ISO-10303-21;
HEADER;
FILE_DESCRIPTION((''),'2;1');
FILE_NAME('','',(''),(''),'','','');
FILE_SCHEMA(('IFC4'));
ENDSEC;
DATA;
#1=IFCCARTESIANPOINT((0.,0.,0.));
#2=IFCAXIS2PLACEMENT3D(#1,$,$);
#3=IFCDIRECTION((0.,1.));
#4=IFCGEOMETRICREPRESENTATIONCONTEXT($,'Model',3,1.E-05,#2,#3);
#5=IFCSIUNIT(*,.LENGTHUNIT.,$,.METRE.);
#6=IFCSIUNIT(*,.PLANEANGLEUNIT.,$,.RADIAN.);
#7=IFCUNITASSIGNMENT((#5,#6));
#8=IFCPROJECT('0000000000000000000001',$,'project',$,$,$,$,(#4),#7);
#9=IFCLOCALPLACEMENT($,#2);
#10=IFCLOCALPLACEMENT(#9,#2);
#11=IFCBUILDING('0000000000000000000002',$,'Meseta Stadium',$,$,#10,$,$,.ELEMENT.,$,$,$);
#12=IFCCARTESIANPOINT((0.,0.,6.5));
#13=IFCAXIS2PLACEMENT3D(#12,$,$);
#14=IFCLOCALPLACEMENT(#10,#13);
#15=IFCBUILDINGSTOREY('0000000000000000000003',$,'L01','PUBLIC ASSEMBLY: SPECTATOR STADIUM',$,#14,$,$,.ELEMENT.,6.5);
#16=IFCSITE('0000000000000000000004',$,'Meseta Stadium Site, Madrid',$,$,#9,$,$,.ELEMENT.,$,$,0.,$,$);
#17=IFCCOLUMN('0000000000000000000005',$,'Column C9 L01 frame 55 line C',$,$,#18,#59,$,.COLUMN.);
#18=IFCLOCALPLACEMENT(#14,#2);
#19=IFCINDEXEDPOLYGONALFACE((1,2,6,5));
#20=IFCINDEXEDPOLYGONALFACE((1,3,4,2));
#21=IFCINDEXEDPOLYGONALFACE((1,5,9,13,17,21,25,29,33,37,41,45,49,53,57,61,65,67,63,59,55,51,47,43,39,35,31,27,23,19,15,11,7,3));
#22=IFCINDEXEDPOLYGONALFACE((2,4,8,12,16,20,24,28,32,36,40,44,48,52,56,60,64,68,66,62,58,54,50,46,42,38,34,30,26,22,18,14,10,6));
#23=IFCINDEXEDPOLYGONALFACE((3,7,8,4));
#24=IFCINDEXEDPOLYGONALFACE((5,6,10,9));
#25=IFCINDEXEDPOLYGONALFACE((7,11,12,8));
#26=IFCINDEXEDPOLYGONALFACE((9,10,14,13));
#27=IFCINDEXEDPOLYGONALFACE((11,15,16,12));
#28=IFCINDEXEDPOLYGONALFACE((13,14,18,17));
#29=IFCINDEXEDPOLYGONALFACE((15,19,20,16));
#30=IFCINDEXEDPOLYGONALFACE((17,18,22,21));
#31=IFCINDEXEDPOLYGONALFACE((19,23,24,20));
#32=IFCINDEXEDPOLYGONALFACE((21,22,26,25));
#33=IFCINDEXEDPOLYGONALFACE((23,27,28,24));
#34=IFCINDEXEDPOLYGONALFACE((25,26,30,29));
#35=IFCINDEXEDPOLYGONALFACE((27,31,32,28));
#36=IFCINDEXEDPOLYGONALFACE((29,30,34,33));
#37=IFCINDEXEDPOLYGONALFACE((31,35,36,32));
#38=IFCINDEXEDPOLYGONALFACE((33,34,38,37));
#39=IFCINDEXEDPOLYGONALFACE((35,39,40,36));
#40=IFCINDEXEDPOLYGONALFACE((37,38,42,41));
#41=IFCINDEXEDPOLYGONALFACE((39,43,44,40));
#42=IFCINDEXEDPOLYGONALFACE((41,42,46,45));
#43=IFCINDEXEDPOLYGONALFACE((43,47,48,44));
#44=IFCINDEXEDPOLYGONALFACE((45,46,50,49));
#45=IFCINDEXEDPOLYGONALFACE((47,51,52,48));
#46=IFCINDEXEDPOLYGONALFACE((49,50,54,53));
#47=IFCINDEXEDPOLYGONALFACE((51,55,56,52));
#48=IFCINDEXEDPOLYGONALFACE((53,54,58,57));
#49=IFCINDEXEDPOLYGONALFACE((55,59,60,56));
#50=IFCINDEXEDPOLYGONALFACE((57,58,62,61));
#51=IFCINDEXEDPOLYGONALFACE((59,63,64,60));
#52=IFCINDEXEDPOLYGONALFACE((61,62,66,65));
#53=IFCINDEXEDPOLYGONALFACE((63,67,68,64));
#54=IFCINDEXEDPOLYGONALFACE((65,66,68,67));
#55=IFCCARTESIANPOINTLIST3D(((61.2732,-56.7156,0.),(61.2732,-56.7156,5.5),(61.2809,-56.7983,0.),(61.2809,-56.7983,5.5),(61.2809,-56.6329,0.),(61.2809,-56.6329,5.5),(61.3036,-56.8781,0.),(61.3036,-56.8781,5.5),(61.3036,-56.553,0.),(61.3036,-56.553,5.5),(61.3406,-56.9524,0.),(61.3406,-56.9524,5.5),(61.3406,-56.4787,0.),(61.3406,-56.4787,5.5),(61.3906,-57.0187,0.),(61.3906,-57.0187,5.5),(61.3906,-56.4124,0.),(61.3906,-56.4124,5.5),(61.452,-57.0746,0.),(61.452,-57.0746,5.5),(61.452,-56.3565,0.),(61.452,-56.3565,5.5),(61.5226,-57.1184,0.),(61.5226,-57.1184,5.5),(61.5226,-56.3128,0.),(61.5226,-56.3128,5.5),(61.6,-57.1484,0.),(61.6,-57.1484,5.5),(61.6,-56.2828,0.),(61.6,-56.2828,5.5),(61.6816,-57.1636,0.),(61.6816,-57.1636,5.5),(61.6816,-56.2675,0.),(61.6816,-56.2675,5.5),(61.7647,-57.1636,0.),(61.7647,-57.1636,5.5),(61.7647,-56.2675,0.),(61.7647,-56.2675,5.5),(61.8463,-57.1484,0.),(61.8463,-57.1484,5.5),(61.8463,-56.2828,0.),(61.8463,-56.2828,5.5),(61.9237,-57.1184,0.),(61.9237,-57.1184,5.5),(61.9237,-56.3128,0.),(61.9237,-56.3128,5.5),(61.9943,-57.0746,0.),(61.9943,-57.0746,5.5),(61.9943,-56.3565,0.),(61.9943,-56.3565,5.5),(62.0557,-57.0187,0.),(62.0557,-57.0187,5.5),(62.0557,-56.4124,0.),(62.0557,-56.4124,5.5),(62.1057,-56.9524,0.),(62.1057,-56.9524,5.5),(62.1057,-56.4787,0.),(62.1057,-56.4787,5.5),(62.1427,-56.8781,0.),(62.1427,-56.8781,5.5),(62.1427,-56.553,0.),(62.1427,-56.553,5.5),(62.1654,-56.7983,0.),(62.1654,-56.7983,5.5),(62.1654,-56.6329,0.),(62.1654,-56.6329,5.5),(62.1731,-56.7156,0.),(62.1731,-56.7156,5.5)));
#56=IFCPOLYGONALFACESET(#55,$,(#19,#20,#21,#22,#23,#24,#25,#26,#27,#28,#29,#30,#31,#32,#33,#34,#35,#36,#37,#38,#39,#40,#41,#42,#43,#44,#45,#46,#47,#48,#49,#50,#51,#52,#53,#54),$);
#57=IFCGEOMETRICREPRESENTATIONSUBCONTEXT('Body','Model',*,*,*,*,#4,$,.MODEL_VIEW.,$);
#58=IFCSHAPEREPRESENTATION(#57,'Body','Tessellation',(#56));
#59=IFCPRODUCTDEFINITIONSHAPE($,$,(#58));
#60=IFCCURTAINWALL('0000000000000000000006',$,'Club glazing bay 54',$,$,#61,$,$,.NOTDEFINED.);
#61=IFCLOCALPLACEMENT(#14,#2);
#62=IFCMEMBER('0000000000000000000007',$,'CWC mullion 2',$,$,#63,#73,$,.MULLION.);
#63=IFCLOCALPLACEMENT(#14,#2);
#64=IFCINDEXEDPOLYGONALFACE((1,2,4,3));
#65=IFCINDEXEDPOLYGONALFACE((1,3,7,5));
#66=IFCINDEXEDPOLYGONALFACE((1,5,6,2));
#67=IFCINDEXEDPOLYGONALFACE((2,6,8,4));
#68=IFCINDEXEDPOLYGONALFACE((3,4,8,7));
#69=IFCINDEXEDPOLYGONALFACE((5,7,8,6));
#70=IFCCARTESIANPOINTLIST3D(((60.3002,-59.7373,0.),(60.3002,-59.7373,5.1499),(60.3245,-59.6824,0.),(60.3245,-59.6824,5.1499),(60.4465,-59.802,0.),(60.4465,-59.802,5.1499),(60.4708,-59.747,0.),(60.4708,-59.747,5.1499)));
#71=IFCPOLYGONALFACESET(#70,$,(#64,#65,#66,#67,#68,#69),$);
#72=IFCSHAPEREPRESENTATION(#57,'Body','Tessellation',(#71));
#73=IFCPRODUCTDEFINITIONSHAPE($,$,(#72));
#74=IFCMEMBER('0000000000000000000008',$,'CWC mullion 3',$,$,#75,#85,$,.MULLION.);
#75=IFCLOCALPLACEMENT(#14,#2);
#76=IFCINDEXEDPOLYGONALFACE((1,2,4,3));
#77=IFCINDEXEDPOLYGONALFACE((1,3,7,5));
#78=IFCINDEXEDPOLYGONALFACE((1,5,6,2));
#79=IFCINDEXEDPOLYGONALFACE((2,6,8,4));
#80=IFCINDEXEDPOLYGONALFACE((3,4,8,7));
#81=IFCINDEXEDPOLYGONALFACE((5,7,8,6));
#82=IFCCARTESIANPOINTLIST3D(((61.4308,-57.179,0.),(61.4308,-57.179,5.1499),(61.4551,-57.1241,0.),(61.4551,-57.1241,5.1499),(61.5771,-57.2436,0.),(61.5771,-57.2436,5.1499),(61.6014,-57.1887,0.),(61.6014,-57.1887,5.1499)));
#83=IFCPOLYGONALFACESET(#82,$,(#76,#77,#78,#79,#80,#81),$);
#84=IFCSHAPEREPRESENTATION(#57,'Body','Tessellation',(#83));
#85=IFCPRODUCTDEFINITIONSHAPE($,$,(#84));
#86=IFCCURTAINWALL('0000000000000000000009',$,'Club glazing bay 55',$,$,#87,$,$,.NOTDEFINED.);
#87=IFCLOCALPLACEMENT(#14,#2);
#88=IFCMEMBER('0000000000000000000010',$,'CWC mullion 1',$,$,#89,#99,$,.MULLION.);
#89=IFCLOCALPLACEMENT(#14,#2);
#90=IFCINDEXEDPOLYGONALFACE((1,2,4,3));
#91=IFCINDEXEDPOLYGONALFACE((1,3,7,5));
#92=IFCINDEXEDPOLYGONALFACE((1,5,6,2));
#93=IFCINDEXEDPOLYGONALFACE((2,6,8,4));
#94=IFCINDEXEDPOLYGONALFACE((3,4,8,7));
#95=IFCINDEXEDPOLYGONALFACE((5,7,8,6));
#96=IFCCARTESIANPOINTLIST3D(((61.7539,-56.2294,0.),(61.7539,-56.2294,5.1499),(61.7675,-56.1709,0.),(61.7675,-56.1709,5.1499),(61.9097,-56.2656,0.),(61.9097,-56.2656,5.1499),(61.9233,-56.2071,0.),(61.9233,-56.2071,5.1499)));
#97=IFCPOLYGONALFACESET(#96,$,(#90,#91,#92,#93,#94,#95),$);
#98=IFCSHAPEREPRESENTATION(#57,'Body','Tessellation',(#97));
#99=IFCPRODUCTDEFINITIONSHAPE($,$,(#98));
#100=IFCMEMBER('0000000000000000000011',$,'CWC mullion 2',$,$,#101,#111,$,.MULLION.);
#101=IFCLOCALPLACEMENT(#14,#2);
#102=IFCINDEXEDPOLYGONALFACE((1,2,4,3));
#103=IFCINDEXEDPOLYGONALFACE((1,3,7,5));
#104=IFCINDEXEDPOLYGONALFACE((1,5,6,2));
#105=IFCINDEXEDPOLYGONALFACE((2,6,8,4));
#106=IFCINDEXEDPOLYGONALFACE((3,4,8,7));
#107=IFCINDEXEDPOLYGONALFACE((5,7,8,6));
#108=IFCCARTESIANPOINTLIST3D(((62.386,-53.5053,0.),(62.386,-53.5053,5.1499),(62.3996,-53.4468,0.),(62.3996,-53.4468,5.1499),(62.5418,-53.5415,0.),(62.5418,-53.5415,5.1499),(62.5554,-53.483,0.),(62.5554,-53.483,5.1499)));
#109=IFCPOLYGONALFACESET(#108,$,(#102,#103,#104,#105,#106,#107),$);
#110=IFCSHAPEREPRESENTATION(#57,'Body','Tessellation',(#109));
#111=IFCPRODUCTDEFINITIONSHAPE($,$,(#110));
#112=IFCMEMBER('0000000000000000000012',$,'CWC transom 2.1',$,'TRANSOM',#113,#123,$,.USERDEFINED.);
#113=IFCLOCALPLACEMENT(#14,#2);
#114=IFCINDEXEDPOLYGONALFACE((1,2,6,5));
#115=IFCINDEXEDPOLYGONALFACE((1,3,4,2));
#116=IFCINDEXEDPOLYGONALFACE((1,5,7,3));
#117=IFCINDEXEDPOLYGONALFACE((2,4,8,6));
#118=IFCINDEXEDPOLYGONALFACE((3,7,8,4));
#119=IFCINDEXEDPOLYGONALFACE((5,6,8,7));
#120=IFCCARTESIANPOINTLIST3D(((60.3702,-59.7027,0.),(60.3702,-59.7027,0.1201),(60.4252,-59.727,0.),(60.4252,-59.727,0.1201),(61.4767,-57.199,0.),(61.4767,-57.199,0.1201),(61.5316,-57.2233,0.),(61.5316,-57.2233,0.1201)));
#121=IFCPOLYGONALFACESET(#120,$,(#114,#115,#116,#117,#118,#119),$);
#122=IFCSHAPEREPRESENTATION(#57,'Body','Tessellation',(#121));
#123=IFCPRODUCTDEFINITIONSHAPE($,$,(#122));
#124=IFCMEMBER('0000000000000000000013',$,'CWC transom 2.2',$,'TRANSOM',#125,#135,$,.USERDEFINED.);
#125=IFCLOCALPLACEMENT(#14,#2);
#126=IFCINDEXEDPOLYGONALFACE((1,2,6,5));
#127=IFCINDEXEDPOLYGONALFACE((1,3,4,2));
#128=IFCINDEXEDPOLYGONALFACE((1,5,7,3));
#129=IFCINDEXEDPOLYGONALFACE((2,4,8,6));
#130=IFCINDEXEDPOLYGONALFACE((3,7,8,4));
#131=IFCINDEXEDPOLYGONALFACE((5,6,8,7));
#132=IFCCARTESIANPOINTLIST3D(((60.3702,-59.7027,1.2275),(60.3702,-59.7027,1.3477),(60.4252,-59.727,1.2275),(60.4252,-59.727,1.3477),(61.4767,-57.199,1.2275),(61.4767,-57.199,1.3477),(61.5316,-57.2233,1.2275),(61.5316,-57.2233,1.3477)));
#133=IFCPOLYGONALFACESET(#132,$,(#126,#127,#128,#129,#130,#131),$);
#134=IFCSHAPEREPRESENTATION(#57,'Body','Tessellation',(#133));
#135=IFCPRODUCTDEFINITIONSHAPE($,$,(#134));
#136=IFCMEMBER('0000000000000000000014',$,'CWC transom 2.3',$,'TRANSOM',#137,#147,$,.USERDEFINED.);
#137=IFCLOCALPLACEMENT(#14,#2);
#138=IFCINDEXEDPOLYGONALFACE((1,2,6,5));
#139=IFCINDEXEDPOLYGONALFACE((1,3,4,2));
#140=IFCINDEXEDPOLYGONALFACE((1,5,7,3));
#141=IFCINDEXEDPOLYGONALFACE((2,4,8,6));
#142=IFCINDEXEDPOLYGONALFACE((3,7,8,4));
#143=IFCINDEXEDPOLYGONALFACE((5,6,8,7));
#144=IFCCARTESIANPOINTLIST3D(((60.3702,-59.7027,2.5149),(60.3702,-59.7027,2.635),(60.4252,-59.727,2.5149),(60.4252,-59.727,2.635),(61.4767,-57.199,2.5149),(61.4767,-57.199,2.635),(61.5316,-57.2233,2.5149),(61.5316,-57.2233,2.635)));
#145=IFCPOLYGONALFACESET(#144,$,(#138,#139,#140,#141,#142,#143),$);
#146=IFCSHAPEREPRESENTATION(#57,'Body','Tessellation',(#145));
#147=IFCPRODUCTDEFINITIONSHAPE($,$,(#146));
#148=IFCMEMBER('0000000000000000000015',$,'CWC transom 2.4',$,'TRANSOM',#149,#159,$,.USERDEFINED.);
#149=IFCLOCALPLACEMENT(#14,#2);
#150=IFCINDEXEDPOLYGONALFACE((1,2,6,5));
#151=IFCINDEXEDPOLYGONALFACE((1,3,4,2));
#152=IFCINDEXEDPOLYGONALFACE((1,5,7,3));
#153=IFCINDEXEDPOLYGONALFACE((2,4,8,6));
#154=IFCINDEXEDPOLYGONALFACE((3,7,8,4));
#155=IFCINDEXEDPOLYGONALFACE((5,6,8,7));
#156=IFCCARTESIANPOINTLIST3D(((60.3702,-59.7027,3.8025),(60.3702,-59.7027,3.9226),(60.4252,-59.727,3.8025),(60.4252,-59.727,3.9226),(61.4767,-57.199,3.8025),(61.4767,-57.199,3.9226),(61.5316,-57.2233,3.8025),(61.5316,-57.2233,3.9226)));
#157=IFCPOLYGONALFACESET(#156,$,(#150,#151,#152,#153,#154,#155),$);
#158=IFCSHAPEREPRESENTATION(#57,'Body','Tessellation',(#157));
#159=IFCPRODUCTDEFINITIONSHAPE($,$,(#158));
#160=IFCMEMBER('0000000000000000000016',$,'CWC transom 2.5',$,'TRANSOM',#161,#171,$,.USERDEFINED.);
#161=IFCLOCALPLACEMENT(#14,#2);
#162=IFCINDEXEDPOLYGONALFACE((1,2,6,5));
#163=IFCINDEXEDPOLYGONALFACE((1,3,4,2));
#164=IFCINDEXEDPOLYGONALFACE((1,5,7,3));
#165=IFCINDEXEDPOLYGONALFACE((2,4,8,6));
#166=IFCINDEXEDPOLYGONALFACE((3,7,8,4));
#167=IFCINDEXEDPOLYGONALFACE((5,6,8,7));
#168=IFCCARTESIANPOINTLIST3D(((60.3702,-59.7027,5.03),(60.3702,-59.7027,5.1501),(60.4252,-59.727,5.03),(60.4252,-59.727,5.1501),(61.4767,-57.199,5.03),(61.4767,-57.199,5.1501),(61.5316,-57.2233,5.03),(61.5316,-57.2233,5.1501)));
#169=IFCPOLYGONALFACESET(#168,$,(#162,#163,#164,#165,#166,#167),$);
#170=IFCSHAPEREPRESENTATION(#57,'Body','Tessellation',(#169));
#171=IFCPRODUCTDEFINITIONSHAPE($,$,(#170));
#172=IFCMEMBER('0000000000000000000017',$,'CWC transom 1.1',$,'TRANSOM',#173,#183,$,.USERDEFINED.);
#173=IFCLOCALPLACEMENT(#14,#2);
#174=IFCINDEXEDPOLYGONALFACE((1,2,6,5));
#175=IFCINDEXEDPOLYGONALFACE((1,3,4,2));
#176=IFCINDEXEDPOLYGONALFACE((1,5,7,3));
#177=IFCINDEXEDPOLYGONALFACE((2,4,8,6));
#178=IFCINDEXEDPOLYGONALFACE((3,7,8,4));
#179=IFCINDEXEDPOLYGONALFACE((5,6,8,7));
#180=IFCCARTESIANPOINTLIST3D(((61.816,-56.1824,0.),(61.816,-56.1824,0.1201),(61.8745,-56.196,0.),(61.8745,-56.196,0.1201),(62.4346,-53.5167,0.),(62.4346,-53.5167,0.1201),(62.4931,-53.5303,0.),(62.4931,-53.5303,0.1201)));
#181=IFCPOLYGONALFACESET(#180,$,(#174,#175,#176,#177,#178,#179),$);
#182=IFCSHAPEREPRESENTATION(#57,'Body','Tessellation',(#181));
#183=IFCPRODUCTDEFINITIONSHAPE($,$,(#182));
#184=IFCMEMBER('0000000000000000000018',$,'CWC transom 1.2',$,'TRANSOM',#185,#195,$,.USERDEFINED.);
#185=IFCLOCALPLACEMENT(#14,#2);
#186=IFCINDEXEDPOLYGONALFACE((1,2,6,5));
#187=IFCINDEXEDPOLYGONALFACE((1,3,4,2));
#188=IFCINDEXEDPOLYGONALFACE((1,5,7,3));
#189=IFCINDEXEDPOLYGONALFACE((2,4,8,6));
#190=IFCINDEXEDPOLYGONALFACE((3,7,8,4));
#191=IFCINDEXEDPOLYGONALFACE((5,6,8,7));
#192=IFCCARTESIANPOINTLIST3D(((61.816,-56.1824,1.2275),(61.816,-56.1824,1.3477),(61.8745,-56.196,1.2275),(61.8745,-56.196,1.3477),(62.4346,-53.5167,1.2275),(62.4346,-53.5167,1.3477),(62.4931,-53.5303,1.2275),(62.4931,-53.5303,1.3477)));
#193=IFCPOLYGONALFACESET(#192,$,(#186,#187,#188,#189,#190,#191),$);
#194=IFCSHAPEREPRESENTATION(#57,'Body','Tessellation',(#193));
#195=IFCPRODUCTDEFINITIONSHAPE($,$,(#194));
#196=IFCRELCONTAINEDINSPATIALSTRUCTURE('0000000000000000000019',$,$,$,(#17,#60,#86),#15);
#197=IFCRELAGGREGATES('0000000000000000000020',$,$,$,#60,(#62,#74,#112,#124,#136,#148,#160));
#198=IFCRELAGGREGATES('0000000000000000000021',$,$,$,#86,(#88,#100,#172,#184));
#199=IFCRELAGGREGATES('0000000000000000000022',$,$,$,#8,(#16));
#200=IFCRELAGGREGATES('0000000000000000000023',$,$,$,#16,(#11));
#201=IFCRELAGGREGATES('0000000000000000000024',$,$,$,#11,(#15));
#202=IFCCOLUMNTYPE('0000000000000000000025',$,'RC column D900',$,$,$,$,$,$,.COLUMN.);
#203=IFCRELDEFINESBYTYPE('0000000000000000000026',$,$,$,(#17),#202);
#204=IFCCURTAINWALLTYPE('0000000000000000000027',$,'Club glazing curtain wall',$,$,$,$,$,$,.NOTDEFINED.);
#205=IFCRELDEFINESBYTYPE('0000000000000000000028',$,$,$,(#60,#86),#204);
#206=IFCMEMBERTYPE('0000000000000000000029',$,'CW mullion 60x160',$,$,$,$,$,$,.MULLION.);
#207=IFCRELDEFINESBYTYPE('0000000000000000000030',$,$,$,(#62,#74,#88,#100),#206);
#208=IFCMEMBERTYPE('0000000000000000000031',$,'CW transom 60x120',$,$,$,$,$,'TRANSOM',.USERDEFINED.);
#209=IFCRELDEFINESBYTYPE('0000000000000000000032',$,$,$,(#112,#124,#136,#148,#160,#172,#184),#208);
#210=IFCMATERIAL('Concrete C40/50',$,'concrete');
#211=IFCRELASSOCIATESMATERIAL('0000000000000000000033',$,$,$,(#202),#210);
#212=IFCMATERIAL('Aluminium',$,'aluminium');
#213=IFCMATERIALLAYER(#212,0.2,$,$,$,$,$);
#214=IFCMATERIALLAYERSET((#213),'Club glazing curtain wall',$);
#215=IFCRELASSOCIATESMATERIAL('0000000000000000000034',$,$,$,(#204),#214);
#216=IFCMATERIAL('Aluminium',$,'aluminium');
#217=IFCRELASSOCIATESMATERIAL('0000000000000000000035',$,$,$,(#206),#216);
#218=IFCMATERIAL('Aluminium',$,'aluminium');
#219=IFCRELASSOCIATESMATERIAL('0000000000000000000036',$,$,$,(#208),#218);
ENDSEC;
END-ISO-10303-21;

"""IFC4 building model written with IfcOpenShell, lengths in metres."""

from ifc_helpers import new_model, si_unit, direction, frame, origin, origin_2d, place, context, subcontext, project, spatial, rectangle, circle, extrude, material, layer, layer_set, material_profile, profile_set, type_object, element, aggregate, save


model = new_model("IFC4")

# Units and contexts
model_context = context("Model", 3, precision=1e-05, world=origin(), true_north=direction((0.0, 1.0)))
body_context = subcontext(model_context, "Body", "Model", "MODEL_VIEW")
ifc_project = project(units=[si_unit("LENGTHUNIT", "METRE"), si_unit("PLANEANGLEUNIT", "RADIAN")], contexts=[model_context])

# Site, building, storey
site_placement = place(None, origin())
site = spatial("IfcSite", under=ifc_project, at=site_placement, Name="Meseta Stadium Site, Madrid", CompositionType="ELEMENT", RefElevation=0.0)
building_placement = place(site_placement, origin())
building = spatial("IfcBuilding", under=site, at=building_placement, Name="Meseta Stadium", CompositionType="ELEMENT")
storey_placement = place(building_placement, frame((0.0, 0.0, 6.5)))
storey = spatial("IfcBuildingStorey", under=building, at=storey_placement, Name="L01", Description="PUBLIC ASSEMBLY: SPECTATOR STADIUM", CompositionType="ELEMENT", Elevation=6.5)

# Column
ifc_material_1 = material(Name="Concrete C40/50", Category="concrete")
ifc_material_profile_1 = material_profile(ifc_material_1, circle(Radius=0.45, at=origin_2d()), Name="RC D900")
ifc_profile_set_1 = profile_set([ifc_material_profile_1], Name="Concrete C40/50")
column_type = type_object("IfcColumnType", Name="RC column D900", PredefinedType="COLUMN", material=ifc_profile_set_1)
column_placement = place(storey_placement, frame((61.7231, -56.7156, 0.0), z_axis=(0.0, 0.0, 1.0), x_axis=(1.0, 0.0, 0.0)))
element("IfcColumn", 1, at=column_placement, inside=storey, type_object=column_type, Name="Column C9 L01 frame 55 line C", PredefinedType="COLUMN", context=body_context, shape_type="SweptSolid", body=[
    extrude(circle(Radius=0.45, at=origin_2d()), origin(), (0.0, 0.0, 1.0), 5.5),
])

# Curtain walls, members
ifc_material_2 = material(Name="Aluminium", Category="aluminium")
ifc_layer_1 = layer(ifc_material_2, 0.2)
ifc_layer_set_1 = layer_set([ifc_layer_1], Name="Club glazing curtain wall")
curtain_wall_type = type_object("IfcCurtainWallType", Name="Club glazing curtain wall", PredefinedType="NOTDEFINED", material=ifc_layer_set_1)
curtain_wall_1_placement = place(storey_placement, origin())
curtain_wall_1 = element("IfcCurtainWall", 2, at=curtain_wall_1_placement, inside=storey, type_object=curtain_wall_type, Name="Club glazing bay 54", PredefinedType="NOTDEFINED")
ifc_material_3 = material(Name="Aluminium", Category="aluminium")
ifc_material_profile_2 = material_profile(ifc_material_3, rectangle(XDim=0.1599, YDim=0.0601, at=origin_2d()), Name="CW 160x60")
ifc_profile_set_2 = profile_set([ifc_material_profile_2], Name="Aluminium")
member_type_1 = type_object("IfcMemberType", Name="CW mullion 60x160", PredefinedType="MULLION", material=ifc_profile_set_2)
member_1_placement = place(storey_placement, frame((60.3855, -59.7422, 0.0), z_axis=(0.0, 0.0, 1.0), x_axis=(-0.914657, 0.40423, 0.0)))
member_1 = element("IfcMember", 3, at=member_1_placement, type_object=member_type_1, Name="CWC mullion 2", PredefinedType="MULLION", context=body_context, shape_type="SweptSolid", body=[
    extrude(rectangle(XDim=0.1599, YDim=0.0601, at=origin_2d()), origin(), (0.0, 0.0, 1.0), 5.1499),
])
member_2_placement = place(storey_placement, frame((61.5161, -57.1838, 0.0), z_axis=(0.0, 0.0, 1.0), x_axis=(-0.914657, 0.40423, 0.0)))
member_2 = element("IfcMember", 4, at=member_2_placement, type_object=member_type_1, Name="CWC mullion 3", PredefinedType="MULLION", context=body_context, shape_type="SweptSolid", body=[
    extrude(rectangle(XDim=0.1599, YDim=0.0601, at=origin_2d()), origin(), (0.0, 0.0, 1.0), 5.1499),
])
curtain_wall_2_placement = place(storey_placement, origin())
curtain_wall_2 = element("IfcCurtainWall", 5, at=curtain_wall_2_placement, inside=storey, type_object=curtain_wall_type, Name="Club glazing bay 55", PredefinedType="NOTDEFINED")
member_3_placement = place(storey_placement, frame((61.8386, -56.2183, 0.0), z_axis=(0.0, 0.0, 1.0), x_axis=(-0.974116, 0.226048, 0.0)))
member_3 = element("IfcMember", 6, at=member_3_placement, type_object=member_type_1, Name="CWC mullion 1", PredefinedType="MULLION", context=body_context, shape_type="SweptSolid", body=[
    extrude(rectangle(XDim=0.1599, YDim=0.0601, at=origin_2d()), origin(), (0.0, 0.0, 1.0), 5.1499),
])
member_4_placement = place(storey_placement, frame((62.4707, -53.4941, 0.0), z_axis=(0.0, 0.0, 1.0), x_axis=(-0.974116, 0.226048, 0.0)))
member_4 = element("IfcMember", 7, at=member_4_placement, type_object=member_type_1, Name="CWC mullion 2", PredefinedType="MULLION", context=body_context, shape_type="SweptSolid", body=[
    extrude(rectangle(XDim=0.1599, YDim=0.0601, at=origin_2d()), origin(), (0.0, 0.0, 1.0), 5.1499),
])

# Members
ifc_material_4 = material(Name="Aluminium", Category="aluminium")
ifc_material_profile_3 = material_profile(ifc_material_4, rectangle(XDim=0.0601, YDim=0.1201, at=origin_2d()), Name="CW 60x120")
ifc_profile_set_3 = profile_set([ifc_material_profile_3], Name="Aluminium")
member_type_2 = type_object("IfcMemberType", Name="CW transom 60x120", ElementType="TRANSOM", PredefinedType="USERDEFINED", material=ifc_profile_set_3)
member_5_placement = place(storey_placement, frame((60.3977, -59.7148, 0.0601), z_axis=(0.404218, 0.914663, 0.0), x_axis=(-0.914663, 0.404218, 0.0)))
member_5 = element("IfcMember", 8, at=member_5_placement, type_object=member_type_2, Name="CWC transom 2.1", ObjectType="TRANSOM", PredefinedType="USERDEFINED", context=body_context, shape_type="SweptSolid", body=[
    extrude(rectangle(XDim=0.0601, YDim=0.1201, at=origin_2d()), origin(), (0.0, 0.0, 1.0), 2.7373),
])
member_6_placement = place(storey_placement, frame((60.3977, -59.7148, 1.2876), z_axis=(0.404218, 0.914663, 0.0), x_axis=(-0.914663, 0.404218, 0.0)))
member_6 = element("IfcMember", 9, at=member_6_placement, type_object=member_type_2, Name="CWC transom 2.2", ObjectType="TRANSOM", PredefinedType="USERDEFINED", context=body_context, shape_type="SweptSolid", body=[
    extrude(rectangle(XDim=0.0601, YDim=0.1201, at=origin_2d()), origin(), (0.0, 0.0, 1.0), 2.7373),
])
member_7_placement = place(storey_placement, frame((60.3977, -59.7148, 2.575), z_axis=(0.404218, 0.914663, 0.0), x_axis=(-0.914663, 0.404218, 0.0)))
member_7 = element("IfcMember", 10, at=member_7_placement, type_object=member_type_2, Name="CWC transom 2.3", ObjectType="TRANSOM", PredefinedType="USERDEFINED", context=body_context, shape_type="SweptSolid", body=[
    extrude(rectangle(XDim=0.0601, YDim=0.1201, at=origin_2d()), origin(), (0.0, 0.0, 1.0), 2.7373),
])
member_8_placement = place(storey_placement, frame((60.3977, -59.7148, 3.8625), z_axis=(0.404218, 0.914663, 0.0), x_axis=(-0.914663, 0.404218, 0.0)))
member_8 = element("IfcMember", 11, at=member_8_placement, type_object=member_type_2, Name="CWC transom 2.4", ObjectType="TRANSOM", PredefinedType="USERDEFINED", context=body_context, shape_type="SweptSolid", body=[
    extrude(rectangle(XDim=0.0601, YDim=0.1201, at=origin_2d()), origin(), (0.0, 0.0, 1.0), 2.7373),
])
member_9_placement = place(storey_placement, frame((60.3977, -59.7148, 5.0901), z_axis=(0.404218, 0.914663, 0.0), x_axis=(-0.914663, 0.404218, 0.0)))
member_9 = element("IfcMember", 12, at=member_9_placement, type_object=member_type_2, Name="CWC transom 2.5", ObjectType="TRANSOM", PredefinedType="USERDEFINED", context=body_context, shape_type="SweptSolid", body=[
    extrude(rectangle(XDim=0.0601, YDim=0.1201, at=origin_2d()), origin(), (0.0, 0.0, 1.0), 2.7373),
])
member_10_placement = place(storey_placement, frame((61.8452, -56.1892, 0.0601), z_axis=(0.226065, 0.974112, 0.0), x_axis=(-0.974112, 0.226065, 0.0)))
member_10 = element("IfcMember", 13, at=member_10_placement, type_object=member_type_2, Name="CWC transom 1.1", ObjectType="TRANSOM", PredefinedType="USERDEFINED", context=body_context, shape_type="SweptSolid", body=[
    extrude(rectangle(XDim=0.0601, YDim=0.1201, at=origin_2d()), origin(), (0.0, 0.0, 1.0), 2.7366),
])
member_11_placement = place(storey_placement, frame((61.8452, -56.1892, 1.2876), z_axis=(0.226065, 0.974112, 0.0), x_axis=(-0.974112, 0.226065, 0.0)))
member_11 = element("IfcMember", 14, at=member_11_placement, type_object=member_type_2, Name="CWC transom 1.2", ObjectType="TRANSOM", PredefinedType="USERDEFINED", context=body_context, shape_type="SweptSolid", body=[
    extrude(rectangle(XDim=0.0601, YDim=0.1201, at=origin_2d()), origin(), (0.0, 0.0, 1.0), 2.7366),
])

aggregate(curtain_wall_1, [member_1, member_2, member_5, member_6, member_7, member_8, member_9])
aggregate(curtain_wall_2, [member_3, member_4, member_10, member_11])

save(model, "model.ifc")
